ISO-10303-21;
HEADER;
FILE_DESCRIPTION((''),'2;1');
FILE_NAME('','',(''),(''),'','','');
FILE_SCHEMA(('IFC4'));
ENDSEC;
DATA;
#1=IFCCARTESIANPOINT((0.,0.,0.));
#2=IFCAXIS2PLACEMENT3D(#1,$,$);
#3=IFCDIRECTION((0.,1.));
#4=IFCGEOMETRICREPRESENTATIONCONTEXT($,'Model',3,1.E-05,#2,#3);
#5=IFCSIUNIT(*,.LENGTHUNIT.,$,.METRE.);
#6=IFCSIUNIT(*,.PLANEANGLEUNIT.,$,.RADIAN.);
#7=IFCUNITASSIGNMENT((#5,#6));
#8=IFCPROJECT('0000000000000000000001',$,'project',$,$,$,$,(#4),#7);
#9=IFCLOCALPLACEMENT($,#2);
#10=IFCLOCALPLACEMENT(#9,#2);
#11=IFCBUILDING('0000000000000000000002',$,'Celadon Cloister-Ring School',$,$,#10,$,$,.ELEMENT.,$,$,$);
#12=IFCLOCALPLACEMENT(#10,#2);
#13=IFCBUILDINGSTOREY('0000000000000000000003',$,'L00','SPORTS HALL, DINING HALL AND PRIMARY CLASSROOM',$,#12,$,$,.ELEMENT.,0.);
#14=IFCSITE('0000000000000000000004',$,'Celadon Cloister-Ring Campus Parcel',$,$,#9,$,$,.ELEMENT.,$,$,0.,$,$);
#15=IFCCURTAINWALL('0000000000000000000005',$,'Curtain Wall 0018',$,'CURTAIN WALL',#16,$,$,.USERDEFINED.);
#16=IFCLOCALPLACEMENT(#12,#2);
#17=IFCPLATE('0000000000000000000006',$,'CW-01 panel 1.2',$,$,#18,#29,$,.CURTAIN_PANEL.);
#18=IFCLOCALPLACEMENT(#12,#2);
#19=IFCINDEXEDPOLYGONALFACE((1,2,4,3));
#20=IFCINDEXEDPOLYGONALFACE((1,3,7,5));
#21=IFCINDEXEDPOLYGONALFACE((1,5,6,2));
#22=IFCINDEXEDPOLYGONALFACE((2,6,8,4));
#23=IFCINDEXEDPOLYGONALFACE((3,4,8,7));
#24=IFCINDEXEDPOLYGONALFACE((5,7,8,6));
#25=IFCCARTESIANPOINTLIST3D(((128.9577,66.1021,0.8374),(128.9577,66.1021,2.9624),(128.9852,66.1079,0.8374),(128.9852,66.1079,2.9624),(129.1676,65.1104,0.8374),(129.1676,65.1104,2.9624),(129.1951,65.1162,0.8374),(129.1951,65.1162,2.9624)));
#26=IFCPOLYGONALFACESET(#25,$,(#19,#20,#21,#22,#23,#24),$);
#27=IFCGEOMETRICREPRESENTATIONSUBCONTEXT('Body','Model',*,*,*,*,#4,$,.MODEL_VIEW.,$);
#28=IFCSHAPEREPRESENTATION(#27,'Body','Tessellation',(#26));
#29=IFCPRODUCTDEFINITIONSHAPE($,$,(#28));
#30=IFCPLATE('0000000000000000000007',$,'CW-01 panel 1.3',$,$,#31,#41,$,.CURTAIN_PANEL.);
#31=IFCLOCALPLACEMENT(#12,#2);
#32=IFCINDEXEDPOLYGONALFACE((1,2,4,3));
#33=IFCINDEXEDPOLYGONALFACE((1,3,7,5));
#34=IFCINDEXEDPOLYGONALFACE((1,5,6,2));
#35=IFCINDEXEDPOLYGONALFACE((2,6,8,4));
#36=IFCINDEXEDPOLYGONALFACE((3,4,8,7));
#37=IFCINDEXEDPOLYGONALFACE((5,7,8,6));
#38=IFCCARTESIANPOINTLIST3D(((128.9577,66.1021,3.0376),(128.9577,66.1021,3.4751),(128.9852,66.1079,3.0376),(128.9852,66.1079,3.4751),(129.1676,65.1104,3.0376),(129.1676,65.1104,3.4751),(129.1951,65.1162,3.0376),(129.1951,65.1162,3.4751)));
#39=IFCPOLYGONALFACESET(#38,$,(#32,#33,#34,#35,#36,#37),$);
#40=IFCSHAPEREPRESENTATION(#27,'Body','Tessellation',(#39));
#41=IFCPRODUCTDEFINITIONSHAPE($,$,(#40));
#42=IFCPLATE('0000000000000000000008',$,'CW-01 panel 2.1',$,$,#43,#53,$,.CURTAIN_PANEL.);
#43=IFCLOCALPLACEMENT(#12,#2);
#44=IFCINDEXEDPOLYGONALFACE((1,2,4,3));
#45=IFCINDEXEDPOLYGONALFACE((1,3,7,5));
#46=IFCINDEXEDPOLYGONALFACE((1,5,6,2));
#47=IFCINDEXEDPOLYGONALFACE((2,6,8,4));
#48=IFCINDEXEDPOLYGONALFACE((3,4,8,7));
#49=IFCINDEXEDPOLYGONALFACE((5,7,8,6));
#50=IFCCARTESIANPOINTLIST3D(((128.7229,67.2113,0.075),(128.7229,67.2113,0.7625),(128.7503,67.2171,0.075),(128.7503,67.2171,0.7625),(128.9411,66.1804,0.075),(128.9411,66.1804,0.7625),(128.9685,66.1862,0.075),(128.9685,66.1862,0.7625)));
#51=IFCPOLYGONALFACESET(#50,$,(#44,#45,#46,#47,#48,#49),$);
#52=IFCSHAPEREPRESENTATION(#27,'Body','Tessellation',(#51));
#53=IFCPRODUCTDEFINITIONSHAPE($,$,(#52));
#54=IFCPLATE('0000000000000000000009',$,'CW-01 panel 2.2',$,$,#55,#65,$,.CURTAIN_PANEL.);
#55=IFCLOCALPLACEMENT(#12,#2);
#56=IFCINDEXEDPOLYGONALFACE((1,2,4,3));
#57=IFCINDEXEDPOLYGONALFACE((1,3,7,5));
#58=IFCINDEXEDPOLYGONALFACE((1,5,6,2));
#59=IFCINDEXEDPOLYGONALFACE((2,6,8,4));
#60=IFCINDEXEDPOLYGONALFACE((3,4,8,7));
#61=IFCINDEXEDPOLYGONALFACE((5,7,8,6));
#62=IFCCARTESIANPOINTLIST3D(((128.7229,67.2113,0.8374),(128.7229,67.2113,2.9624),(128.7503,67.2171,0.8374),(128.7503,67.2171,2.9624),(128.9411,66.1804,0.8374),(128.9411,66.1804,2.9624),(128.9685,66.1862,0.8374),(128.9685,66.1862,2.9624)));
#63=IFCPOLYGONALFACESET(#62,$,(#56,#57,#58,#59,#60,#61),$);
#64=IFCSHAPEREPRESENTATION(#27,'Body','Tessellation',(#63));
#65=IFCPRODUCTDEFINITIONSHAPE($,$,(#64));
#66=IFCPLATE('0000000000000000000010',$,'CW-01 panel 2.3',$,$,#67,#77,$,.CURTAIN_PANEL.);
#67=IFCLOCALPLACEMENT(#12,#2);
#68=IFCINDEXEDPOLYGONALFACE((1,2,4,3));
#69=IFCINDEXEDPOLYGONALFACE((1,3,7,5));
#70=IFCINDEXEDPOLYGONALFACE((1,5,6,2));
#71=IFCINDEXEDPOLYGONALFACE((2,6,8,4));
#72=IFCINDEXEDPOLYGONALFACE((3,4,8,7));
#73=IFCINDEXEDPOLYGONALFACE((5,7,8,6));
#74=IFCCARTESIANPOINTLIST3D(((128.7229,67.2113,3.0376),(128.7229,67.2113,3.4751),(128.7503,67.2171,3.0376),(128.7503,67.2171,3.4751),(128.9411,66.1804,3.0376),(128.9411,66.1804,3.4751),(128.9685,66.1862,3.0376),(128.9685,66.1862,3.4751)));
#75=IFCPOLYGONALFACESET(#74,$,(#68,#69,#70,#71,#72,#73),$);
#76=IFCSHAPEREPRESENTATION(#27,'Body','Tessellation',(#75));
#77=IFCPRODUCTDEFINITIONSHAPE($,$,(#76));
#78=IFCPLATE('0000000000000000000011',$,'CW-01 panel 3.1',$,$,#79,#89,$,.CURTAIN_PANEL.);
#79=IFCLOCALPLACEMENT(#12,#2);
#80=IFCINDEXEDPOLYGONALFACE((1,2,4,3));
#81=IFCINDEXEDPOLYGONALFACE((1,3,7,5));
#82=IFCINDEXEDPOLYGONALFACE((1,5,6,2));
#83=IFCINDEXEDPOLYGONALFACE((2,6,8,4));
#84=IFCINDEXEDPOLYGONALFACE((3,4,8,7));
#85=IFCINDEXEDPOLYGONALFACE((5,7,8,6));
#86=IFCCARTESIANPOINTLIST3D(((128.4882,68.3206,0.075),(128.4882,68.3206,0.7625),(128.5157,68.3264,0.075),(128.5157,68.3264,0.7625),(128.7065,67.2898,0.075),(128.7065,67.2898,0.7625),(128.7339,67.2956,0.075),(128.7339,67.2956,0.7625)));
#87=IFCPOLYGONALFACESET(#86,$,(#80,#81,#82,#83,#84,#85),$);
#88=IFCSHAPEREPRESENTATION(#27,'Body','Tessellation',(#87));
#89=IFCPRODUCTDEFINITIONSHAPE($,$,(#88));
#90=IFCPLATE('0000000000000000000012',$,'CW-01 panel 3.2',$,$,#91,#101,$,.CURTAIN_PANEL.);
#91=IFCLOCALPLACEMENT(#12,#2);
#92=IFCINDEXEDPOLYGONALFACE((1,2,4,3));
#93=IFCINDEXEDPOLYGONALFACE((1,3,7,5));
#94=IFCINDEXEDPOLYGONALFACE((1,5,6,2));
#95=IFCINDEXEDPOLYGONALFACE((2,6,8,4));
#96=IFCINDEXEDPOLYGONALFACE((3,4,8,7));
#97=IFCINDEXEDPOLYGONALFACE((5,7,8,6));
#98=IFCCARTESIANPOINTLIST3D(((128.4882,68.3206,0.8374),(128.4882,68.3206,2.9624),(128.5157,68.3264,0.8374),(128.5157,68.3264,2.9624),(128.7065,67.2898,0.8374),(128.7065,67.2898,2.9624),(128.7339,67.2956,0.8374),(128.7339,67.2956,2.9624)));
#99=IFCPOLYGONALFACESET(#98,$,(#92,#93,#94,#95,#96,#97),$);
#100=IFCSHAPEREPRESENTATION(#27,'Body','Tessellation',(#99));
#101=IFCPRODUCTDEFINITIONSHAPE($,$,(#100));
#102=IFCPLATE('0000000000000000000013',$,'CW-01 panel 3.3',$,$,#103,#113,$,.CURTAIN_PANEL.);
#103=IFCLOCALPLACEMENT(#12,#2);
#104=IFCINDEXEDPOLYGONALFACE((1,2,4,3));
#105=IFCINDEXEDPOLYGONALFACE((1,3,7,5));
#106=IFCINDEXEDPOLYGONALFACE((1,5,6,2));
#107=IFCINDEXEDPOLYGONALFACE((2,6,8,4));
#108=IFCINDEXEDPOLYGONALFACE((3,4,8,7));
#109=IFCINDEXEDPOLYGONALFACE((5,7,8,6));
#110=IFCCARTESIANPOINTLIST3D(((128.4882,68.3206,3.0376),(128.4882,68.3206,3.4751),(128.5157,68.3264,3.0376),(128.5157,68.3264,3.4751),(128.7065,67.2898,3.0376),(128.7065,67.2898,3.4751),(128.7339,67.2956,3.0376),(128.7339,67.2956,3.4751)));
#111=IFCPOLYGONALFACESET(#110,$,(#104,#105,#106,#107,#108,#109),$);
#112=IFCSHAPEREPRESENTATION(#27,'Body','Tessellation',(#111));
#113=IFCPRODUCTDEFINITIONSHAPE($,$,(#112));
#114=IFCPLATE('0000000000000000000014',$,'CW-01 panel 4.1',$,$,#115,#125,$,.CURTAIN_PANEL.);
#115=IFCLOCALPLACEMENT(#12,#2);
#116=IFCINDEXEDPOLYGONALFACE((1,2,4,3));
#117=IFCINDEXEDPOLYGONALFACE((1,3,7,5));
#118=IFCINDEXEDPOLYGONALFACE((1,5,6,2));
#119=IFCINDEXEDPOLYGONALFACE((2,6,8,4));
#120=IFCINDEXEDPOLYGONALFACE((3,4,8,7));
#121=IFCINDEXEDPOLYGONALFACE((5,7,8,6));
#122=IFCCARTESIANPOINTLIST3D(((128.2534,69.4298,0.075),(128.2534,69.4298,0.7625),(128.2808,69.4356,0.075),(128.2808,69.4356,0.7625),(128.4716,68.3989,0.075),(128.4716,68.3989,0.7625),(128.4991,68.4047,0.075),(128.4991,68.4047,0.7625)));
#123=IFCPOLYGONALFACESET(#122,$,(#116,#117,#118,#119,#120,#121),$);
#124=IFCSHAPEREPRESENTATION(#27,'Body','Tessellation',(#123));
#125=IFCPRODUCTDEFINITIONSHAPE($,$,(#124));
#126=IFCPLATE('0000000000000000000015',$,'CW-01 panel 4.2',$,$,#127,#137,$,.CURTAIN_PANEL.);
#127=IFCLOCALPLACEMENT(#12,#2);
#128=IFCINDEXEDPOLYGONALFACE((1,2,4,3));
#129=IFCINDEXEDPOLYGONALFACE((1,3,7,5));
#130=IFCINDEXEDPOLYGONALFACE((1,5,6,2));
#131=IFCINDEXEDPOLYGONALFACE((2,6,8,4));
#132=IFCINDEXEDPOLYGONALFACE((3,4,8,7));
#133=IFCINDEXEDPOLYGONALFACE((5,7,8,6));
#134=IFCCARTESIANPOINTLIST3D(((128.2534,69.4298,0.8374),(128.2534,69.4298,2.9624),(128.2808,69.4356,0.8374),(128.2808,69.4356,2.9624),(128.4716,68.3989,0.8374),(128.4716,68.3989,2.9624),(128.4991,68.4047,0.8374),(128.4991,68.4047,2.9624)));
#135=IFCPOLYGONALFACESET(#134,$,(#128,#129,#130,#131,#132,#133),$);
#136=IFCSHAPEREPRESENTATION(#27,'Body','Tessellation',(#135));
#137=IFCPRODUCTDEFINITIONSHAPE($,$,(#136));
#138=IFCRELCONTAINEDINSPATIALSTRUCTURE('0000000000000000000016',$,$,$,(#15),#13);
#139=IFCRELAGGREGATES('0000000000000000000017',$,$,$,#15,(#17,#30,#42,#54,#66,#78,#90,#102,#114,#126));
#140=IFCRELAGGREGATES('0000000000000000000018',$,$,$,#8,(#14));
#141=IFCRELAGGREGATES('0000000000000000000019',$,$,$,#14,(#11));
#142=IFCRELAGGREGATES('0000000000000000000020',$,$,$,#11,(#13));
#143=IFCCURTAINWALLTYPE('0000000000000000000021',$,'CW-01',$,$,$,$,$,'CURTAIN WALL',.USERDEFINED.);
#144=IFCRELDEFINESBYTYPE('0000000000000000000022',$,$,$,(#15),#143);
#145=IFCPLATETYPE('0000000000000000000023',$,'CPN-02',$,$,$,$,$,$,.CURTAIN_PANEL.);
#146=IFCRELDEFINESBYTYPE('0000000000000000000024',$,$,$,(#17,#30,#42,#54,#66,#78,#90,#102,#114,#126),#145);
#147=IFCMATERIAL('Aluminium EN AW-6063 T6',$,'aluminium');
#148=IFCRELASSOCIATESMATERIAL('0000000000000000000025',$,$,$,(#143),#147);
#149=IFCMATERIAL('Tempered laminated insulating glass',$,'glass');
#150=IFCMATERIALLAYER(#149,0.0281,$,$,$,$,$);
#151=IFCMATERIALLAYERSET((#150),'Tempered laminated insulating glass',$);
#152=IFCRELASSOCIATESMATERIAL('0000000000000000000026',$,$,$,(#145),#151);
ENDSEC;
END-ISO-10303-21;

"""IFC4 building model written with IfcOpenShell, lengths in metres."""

from ifc_helpers import new_model, si_unit, direction, frame, origin, origin_2d, place, context, subcontext, project, spatial, rectangle, extrude, material, layer, layer_set, type_object, element, aggregate, save


model = new_model("IFC4")

# Units and contexts
model_context = context("Model", 3, precision=1e-05, world=origin(), true_north=direction((0.0, 1.0)))
body_context = subcontext(model_context, "Body", "Model", "MODEL_VIEW")
ifc_project = project(units=[si_unit("LENGTHUNIT", "METRE"), si_unit("PLANEANGLEUNIT", "RADIAN")], contexts=[model_context])

# Site, building, storey
site_placement = place(None, origin())
site = spatial("IfcSite", under=ifc_project, at=site_placement, Name="Celadon Cloister-Ring Campus Parcel", CompositionType="ELEMENT", RefElevation=0.0)
building_placement = place(site_placement, origin())
building = spatial("IfcBuilding", under=site, at=building_placement, Name="Celadon Cloister-Ring School", CompositionType="ELEMENT")
storey_placement = place(building_placement, origin())
storey = spatial("IfcBuildingStorey", under=building, at=storey_placement, Name="L00", Description="SPORTS HALL, DINING HALL AND PRIMARY CLASSROOM", CompositionType="ELEMENT", Elevation=0.0)

# Curtain wall
ifc_material_1 = material(Name="Aluminium EN AW-6063 T6", Category="aluminium")
curtain_wall_type = type_object("IfcCurtainWallType", Name="CW-01", ElementType="CURTAIN WALL", PredefinedType="USERDEFINED", material=ifc_material_1)
curtain_wall_placement = place(storey_placement, origin())
curtain_wall = element("IfcCurtainWall", 1, at=curtain_wall_placement, inside=storey, type_object=curtain_wall_type, Name="Curtain Wall 0018", ObjectType="CURTAIN WALL", PredefinedType="USERDEFINED")

# Plates
ifc_material_2 = material(Name="Tempered laminated insulating glass", Category="glass")
ifc_layer = layer(ifc_material_2, 0.0281)
ifc_layer_set = layer_set([ifc_layer], Name="Tempered laminated insulating glass")
plate_type = type_object("IfcPlateType", Name="CPN-02", PredefinedType="CURTAIN_PANEL", material=ifc_layer_set)
plate_1_placement = place(storey_placement, frame((129.0764, 65.6091, 0.8374), z_axis=(0.0, 0.0, 1.0), x_axis=(-0.207095, 0.978321, 0.0)))
plate_1 = element("IfcPlate", 2, at=plate_1_placement, type_object=plate_type, Name="CW-01 panel 1.2", PredefinedType="CURTAIN_PANEL", context=body_context, shape_type="SweptSolid", body=[
    extrude(rectangle(XDim=1.0137, YDim=0.0281, at=origin_2d()), origin(), (0.0, 0.0, 1.0), 2.125),
])
plate_2_placement = place(storey_placement, frame((129.0764, 65.6091, 3.0376), z_axis=(0.0, 0.0, 1.0), x_axis=(-0.207095, 0.978321, 0.0)))
plate_2 = element("IfcPlate", 3, at=plate_2_placement, type_object=plate_type, Name="CW-01 panel 1.3", PredefinedType="CURTAIN_PANEL", context=body_context, shape_type="SweptSolid", body=[
    extrude(rectangle(XDim=1.0137, YDim=0.0281, at=origin_2d()), origin(), (0.0, 0.0, 1.0), 0.4375),
])
plate_3_placement = place(storey_placement, frame((128.8457, 66.6987, 0.075), z_axis=(0.0, 0.0, 1.0), x_axis=(-0.207095, 0.978321, 0.0)))
plate_3 = element("IfcPlate", 4, at=plate_3_placement, type_object=plate_type, Name="CW-01 panel 2.1", PredefinedType="CURTAIN_PANEL", context=body_context, shape_type="SweptSolid", body=[
    extrude(rectangle(XDim=1.0537, YDim=0.0281, at=origin_2d()), origin(), (0.0, 0.0, 1.0), 0.6875),
])
plate_4_placement = place(storey_placement, frame((128.8457, 66.6987, 0.8374), z_axis=(0.0, 0.0, 1.0), x_axis=(-0.207095, 0.978321, 0.0)))
plate_4 = element("IfcPlate", 5, at=plate_4_placement, type_object=plate_type, Name="CW-01 panel 2.2", PredefinedType="CURTAIN_PANEL", context=body_context, shape_type="SweptSolid", body=[
    extrude(rectangle(XDim=1.0537, YDim=0.0281, at=origin_2d()), origin(), (0.0, 0.0, 1.0), 2.125),
])
plate_5_placement = place(storey_placement, frame((128.8457, 66.6987, 3.0376), z_axis=(0.0, 0.0, 1.0), x_axis=(-0.207095, 0.978321, 0.0)))
plate_5 = element("IfcPlate", 6, at=plate_5_placement, type_object=plate_type, Name="CW-01 panel 2.3", PredefinedType="CURTAIN_PANEL", context=body_context, shape_type="SweptSolid", body=[
    extrude(rectangle(XDim=1.0537, YDim=0.0281, at=origin_2d()), origin(), (0.0, 0.0, 1.0), 0.4375),
])
plate_6_placement = place(storey_placement, frame((128.6111, 67.8081, 0.075), z_axis=(0.0, 0.0, 1.0), x_axis=(-0.207095, 0.978321, 0.0)))
plate_6 = element("IfcPlate", 7, at=plate_6_placement, type_object=plate_type, Name="CW-01 panel 3.1", PredefinedType="CURTAIN_PANEL", context=body_context, shape_type="SweptSolid", body=[
    extrude(rectangle(XDim=1.0537, YDim=0.0281, at=origin_2d()), origin(), (0.0, 0.0, 1.0), 0.6875),
])
plate_7_placement = place(storey_placement, frame((128.6111, 67.8081, 0.8374), z_axis=(0.0, 0.0, 1.0), x_axis=(-0.207095, 0.978321, 0.0)))
plate_7 = element("IfcPlate", 8, at=plate_7_placement, type_object=plate_type, Name="CW-01 panel 3.2", PredefinedType="CURTAIN_PANEL", context=body_context, shape_type="SweptSolid", body=[
    extrude(rectangle(XDim=1.0537, YDim=0.0281, at=origin_2d()), origin(), (0.0, 0.0, 1.0), 2.125),
])
plate_8_placement = place(storey_placement, frame((128.6111, 67.8081, 3.0376), z_axis=(0.0, 0.0, 1.0), x_axis=(-0.207095, 0.978321, 0.0)))
plate_8 = element("IfcPlate", 9, at=plate_8_placement, type_object=plate_type, Name="CW-01 panel 3.3", PredefinedType="CURTAIN_PANEL", context=body_context, shape_type="SweptSolid", body=[
    extrude(rectangle(XDim=1.0537, YDim=0.0281, at=origin_2d()), origin(), (0.0, 0.0, 1.0), 0.4375),
])
plate_9_placement = place(storey_placement, frame((128.3762, 68.9172, 0.075), z_axis=(0.0, 0.0, 1.0), x_axis=(-0.207095, 0.978321, 0.0)))
plate_9 = element("IfcPlate", 10, at=plate_9_placement, type_object=plate_type, Name="CW-01 panel 4.1", PredefinedType="CURTAIN_PANEL", context=body_context, shape_type="SweptSolid", body=[
    extrude(rectangle(XDim=1.0537, YDim=0.0281, at=origin_2d()), origin(), (0.0, 0.0, 1.0), 0.6875),
])
plate_10_placement = place(storey_placement, frame((128.3762, 68.9172, 0.8374), z_axis=(0.0, 0.0, 1.0), x_axis=(-0.207095, 0.978321, 0.0)))
plate_10 = element("IfcPlate", 11, at=plate_10_placement, type_object=plate_type, Name="CW-01 panel 4.2", PredefinedType="CURTAIN_PANEL", context=body_context, shape_type="SweptSolid", body=[
    extrude(rectangle(XDim=1.0537, YDim=0.0281, at=origin_2d()), origin(), (0.0, 0.0, 1.0), 2.125),
])
aggregate(curtain_wall, [plate_1, plate_2, plate_3, plate_4, plate_5, plate_6, plate_7, plate_8, plate_9, plate_10])

save(model, "model.ifc")
